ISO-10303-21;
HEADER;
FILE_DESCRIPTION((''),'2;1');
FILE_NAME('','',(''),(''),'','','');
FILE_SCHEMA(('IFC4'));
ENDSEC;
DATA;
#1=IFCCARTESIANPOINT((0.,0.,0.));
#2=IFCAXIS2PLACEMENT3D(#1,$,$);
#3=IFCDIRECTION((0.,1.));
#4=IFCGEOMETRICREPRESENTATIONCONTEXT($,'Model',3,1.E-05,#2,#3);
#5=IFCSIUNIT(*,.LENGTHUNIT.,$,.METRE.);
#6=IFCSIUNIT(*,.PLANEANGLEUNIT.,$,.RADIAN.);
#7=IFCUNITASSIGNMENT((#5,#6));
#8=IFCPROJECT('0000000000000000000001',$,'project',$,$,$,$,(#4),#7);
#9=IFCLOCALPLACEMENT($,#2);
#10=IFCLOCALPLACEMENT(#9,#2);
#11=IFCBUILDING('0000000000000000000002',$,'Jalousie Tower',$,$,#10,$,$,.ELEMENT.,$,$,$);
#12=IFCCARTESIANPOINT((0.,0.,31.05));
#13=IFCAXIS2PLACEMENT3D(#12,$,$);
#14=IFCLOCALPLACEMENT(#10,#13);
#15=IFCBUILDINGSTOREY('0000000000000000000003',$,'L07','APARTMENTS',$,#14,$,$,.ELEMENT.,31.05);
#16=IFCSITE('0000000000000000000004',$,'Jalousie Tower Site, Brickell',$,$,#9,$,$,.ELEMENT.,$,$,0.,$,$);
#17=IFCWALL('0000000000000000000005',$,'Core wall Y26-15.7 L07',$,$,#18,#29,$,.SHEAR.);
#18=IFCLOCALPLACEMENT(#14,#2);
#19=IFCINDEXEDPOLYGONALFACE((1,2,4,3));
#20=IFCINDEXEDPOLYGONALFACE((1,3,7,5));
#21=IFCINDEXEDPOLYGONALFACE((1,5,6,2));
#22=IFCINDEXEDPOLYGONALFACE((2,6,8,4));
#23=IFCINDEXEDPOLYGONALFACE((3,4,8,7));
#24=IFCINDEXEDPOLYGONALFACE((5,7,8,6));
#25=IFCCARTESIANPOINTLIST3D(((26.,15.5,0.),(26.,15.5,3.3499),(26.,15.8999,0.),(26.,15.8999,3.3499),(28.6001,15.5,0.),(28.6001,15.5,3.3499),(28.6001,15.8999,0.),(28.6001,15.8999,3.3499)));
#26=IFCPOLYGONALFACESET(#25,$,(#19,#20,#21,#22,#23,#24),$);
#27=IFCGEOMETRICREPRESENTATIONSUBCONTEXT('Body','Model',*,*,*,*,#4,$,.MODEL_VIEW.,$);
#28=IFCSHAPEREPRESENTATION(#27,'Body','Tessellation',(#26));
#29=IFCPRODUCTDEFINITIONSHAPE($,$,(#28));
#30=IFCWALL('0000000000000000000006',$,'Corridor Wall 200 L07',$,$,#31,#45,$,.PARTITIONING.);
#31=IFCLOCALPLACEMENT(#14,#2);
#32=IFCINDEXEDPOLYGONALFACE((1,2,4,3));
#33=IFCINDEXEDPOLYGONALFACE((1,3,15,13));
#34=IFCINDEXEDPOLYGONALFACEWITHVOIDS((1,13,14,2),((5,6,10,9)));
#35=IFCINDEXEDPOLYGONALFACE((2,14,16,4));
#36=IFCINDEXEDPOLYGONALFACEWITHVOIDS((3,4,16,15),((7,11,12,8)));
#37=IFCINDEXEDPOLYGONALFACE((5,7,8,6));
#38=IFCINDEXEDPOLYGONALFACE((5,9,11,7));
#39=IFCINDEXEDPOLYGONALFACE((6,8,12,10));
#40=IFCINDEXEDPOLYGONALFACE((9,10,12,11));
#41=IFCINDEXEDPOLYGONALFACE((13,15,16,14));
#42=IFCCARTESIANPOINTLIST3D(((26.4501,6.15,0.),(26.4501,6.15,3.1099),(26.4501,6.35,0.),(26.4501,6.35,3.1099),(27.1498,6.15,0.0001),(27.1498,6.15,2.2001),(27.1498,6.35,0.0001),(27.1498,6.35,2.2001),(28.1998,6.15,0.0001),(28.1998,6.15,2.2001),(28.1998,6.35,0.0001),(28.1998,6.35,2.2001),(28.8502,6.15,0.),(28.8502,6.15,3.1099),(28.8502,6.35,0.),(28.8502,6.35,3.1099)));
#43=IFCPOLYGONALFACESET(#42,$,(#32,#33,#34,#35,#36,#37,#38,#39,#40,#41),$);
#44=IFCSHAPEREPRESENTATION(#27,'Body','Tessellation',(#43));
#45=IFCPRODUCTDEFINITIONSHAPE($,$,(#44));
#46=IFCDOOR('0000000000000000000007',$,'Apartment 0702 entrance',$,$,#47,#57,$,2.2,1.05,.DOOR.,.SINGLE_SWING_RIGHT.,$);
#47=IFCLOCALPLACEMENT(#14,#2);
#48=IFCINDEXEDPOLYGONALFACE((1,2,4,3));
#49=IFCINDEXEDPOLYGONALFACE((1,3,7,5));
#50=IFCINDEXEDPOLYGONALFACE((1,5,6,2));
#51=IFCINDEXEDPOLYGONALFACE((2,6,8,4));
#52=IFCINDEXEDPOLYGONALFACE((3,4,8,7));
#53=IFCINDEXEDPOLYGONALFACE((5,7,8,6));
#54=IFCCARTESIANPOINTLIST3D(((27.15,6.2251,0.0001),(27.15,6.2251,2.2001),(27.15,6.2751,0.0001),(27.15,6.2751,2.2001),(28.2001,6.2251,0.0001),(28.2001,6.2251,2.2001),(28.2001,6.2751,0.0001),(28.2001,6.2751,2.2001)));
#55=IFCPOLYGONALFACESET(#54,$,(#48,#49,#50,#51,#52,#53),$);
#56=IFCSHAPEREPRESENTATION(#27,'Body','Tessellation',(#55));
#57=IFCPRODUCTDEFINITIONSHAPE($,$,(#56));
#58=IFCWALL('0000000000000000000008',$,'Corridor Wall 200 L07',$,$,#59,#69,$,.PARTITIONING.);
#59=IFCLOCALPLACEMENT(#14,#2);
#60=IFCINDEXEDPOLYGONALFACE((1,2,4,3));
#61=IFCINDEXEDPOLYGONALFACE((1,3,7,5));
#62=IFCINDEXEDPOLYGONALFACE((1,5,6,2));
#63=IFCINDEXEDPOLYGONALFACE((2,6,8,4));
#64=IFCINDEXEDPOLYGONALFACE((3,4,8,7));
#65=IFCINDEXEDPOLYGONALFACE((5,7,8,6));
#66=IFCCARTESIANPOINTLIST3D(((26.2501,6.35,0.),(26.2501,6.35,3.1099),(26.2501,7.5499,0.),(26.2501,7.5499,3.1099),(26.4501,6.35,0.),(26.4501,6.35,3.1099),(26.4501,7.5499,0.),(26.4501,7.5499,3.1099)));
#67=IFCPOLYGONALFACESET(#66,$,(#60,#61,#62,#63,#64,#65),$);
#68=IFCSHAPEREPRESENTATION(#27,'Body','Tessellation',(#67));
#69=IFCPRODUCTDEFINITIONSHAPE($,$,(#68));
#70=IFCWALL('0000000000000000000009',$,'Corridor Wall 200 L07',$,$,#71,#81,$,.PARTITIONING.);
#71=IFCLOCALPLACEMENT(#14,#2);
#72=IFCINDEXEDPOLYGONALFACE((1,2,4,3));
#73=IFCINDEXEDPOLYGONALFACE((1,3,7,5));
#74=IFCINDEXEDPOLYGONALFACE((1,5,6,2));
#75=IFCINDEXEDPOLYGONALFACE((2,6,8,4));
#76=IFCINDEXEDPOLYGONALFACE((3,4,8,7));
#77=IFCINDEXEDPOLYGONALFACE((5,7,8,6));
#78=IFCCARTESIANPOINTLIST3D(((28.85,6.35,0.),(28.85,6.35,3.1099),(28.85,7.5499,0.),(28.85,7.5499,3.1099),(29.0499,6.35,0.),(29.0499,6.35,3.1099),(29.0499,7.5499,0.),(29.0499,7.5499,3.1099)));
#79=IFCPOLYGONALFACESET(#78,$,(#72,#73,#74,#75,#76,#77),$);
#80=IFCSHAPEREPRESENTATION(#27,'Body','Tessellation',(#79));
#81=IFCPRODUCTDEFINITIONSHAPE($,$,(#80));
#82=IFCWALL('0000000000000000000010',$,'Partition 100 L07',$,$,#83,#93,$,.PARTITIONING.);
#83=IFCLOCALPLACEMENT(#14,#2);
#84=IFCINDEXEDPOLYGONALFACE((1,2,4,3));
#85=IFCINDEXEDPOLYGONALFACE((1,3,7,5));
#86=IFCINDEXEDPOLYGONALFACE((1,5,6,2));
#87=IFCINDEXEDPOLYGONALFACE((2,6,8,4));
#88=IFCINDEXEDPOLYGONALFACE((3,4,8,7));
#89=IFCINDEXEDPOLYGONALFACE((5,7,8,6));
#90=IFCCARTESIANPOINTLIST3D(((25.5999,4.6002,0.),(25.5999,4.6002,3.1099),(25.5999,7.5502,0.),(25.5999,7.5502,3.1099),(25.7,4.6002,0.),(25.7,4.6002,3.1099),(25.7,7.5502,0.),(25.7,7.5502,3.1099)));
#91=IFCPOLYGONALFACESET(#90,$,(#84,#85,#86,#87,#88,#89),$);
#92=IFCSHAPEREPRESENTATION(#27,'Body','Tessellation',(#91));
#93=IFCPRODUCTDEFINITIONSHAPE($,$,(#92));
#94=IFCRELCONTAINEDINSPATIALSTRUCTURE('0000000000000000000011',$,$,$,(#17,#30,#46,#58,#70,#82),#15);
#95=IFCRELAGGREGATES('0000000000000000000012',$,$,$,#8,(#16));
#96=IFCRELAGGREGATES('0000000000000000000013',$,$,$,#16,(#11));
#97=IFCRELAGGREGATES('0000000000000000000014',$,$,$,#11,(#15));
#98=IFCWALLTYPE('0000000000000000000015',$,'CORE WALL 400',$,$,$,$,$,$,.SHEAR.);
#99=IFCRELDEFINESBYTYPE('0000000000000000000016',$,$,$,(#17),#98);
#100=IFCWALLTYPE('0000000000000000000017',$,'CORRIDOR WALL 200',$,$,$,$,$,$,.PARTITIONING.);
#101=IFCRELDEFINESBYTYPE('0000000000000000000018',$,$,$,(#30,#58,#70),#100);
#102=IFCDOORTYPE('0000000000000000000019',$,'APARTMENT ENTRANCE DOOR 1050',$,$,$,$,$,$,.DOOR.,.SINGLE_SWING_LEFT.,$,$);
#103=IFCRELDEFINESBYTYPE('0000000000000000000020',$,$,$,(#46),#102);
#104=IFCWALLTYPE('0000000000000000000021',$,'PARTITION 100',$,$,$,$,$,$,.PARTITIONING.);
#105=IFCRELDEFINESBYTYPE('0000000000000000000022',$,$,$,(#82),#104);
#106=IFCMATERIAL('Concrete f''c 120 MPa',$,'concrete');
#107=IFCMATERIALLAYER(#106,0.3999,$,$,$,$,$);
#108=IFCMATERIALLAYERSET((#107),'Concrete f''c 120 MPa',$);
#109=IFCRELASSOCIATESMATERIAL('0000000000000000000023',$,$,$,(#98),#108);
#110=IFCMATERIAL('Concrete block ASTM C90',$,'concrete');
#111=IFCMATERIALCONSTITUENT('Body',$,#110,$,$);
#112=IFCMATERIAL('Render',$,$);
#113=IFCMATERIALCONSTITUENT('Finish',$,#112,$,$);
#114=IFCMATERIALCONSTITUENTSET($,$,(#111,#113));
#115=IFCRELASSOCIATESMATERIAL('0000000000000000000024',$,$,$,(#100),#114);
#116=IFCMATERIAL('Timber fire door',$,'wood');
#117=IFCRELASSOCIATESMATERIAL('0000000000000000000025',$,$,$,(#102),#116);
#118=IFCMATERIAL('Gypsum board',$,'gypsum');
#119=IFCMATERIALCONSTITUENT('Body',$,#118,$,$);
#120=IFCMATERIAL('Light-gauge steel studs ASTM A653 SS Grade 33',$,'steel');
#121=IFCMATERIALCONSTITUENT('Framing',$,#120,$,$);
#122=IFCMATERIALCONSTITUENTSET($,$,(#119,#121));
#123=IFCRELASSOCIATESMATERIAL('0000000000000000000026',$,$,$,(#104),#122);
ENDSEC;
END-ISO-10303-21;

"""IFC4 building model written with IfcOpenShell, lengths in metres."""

from ifc_helpers import new_model, si_unit, direction, frame, frame_2d, origin, place, context, subcontext, project, spatial, rectangle, extrude, material, layer, layer_set, constituent, constituent_set, type_object, element, fill, save


model = new_model("IFC4")

# Units and contexts
model_context = context("Model", 3, precision=1e-05, world=origin(), true_north=direction((0.0, 1.0)))
body_context = subcontext(model_context, "Body", "Model", "MODEL_VIEW")
ifc_project = project(units=[si_unit("LENGTHUNIT", "METRE"), si_unit("PLANEANGLEUNIT", "RADIAN")], contexts=[model_context])

# Site, building, storey
site_placement = place(None, origin())
site = spatial("IfcSite", under=ifc_project, at=site_placement, Name="Jalousie Tower Site, Brickell", CompositionType="ELEMENT", RefElevation=0.0)
building_placement = place(site_placement, origin())
building = spatial("IfcBuilding", under=site, at=building_placement, Name="Jalousie Tower", CompositionType="ELEMENT")
storey_placement = place(building_placement, frame((0.0, 0.0, 31.05)))
storey = spatial("IfcBuildingStorey", under=building, at=storey_placement, Name="L07", Description="APARTMENTS", CompositionType="ELEMENT", Elevation=31.05)

# Shared definitions
ifc_material_1 = material(Name="Concrete f'c 120 MPa", Category="concrete")
ifc_layer_1 = layer(ifc_material_1, 0.3999)
ifc_layer_set_1 = layer_set([ifc_layer_1], Name="Concrete f'c 120 MPa")
wall_type_1 = type_object("IfcWallType", Name="CORE WALL 400", PredefinedType="SHEAR", material=ifc_layer_set_1)

# Wall
for number, where, z_axis, x_axis, name in (
    (1, (26.0, 15.7, 0.0), (0.0, 0.0, 1.0), (1.0, 0.0, 0.0), "Core wall Y26-15.7 L07"),
):
    element("IfcWall", number, at=place(storey_placement, frame(where, z_axis=z_axis, x_axis=x_axis)), inside=storey, type_object=wall_type_1, Name=name, PredefinedType="SHEAR", context=body_context, shape_type="SweptSolid", body=[
        extrude(rectangle(XDim=2.6001, YDim=0.3999, at=frame_2d((1.3, 0.0))), origin(), (0.0, 0.0, 1.0), 3.3499),
    ])

# Wall, opening, door
ifc_material_2 = material(Name="Concrete block ASTM C90", Category="concrete")
ifc_constituent_1 = constituent(ifc_material_2, Name="Body")
ifc_material_3 = material(Name="Render")
ifc_constituent_2 = constituent(ifc_material_3, Name="Finish")
ifc_constituent_set_1 = constituent_set(constituents=[ifc_constituent_1, ifc_constituent_2])
wall_type_2 = type_object("IfcWallType", Name="CORRIDOR WALL 200", PredefinedType="PARTITIONING", material=ifc_constituent_set_1)
wall_1_placement = place(storey_placement, frame((26.45, 6.25, 0.0), z_axis=(0.0, 0.0, 1.0), x_axis=(1.0, 0.0, 0.0)))
wall_1 = element("IfcWall", 2, at=wall_1_placement, inside=storey, type_object=wall_type_2, Name="Corridor Wall 200 L07", PredefinedType="PARTITIONING", context=body_context, shape_type="SweptSolid", body=[
    extrude(rectangle(XDim=2.4001, YDim=0.2, at=frame_2d((1.2002, 0.0))), origin(), (0.0, 0.0, 1.0), 3.1099),
])
opening_1_placement = place(wall_1_placement, frame((0.7, 0.0, 0.0)))
opening_1 = element("IfcOpeningElement", 3, at=opening_1_placement, cuts=wall_1, PredefinedType="OPENING", context=body_context, shape_type="SweptSolid", body=[
    extrude(rectangle(XDim=1.05, YDim=2.2, at=frame_2d((0.5249, 1.1001))), frame((0.0, 0.1099, 0.0), z_axis=(0.0, -1.0, 0.0), x_axis=(1.0, 0.0, 0.0)), (0.0, 0.0, 1.0), 0.22),
])
ifc_material_4 = material(Name="Timber fire door", Category="wood")
door_type_1 = type_object("IfcDoorType", Name="APARTMENT ENTRANCE DOOR 1050", OperationType="SINGLE_SWING_LEFT", PredefinedType="DOOR", material=ifc_material_4)
door_1_placement = place(opening_1_placement, frame((1.05, 0.0, 0.0), z_axis=(0.0, 0.0, 1.0), x_axis=(-1.0, 0.0, 0.0)))
door_1 = element("IfcDoor", 4, at=door_1_placement, inside=storey, type_object=door_type_1, Name="Apartment 0702 entrance", OperationType="SINGLE_SWING_RIGHT", OverallHeight=2.2, OverallWidth=1.05, PredefinedType="DOOR", context=body_context, shape_type="SweptSolid", body=[
    extrude(rectangle(XDim=1.05, YDim=2.2, at=frame_2d((0.5249, 1.1001))), frame((0.0, 0.0249, 0.0), z_axis=(0.0, -1.0, 0.0), x_axis=(1.0, 0.0, 0.0)), (0.0, 0.0, 1.0), 0.05),
])
fill(opening_1, door_1)

# Walls
for number, where, z_axis, x_axis, name in (
    (5, (26.3501, 7.55, 0.0), (0.0, 0.0, 1.0), (0.0, -1.0, 0.0), "Corridor Wall 200 L07"),
    (6, (28.95, 7.55, 0.0), (0.0, 0.0, 1.0), (0.0, -1.0, 0.0), "Corridor Wall 200 L07"),
):
    element("IfcWall", number, at=place(storey_placement, frame(where, z_axis=z_axis, x_axis=x_axis)), inside=storey, type_object=wall_type_2, Name=name, PredefinedType="PARTITIONING", context=body_context, shape_type="SweptSolid", body=[
        extrude(rectangle(XDim=1.2, YDim=0.2, at=frame_2d((0.6001, 0.0))), origin(), (0.0, 0.0, 1.0), 3.1099),
    ])
ifc_material_5 = material(Name="Gypsum board", Category="gypsum")
ifc_constituent_3 = constituent(ifc_material_5, Name="Body")
ifc_material_6 = material(Name="Light-gauge steel studs ASTM A653 SS Grade 33", Category="steel")
ifc_constituent_4 = constituent(ifc_material_6, Name="Framing")
ifc_constituent_set_2 = constituent_set(constituents=[ifc_constituent_3, ifc_constituent_4])
wall_type_3 = type_object("IfcWallType", Name="PARTITION 100", PredefinedType="PARTITIONING", material=ifc_constituent_set_2)
wall_2_placement = place(storey_placement, frame((25.6499, 4.6001, 0.0), z_axis=(0.0, 0.0, 1.0), x_axis=(0.0, 1.0, 0.0)))
element("IfcWall", 7, at=wall_2_placement, inside=storey, type_object=wall_type_3, Name="Partition 100 L07", PredefinedType="PARTITIONING", context=body_context, shape_type="SweptSolid", body=[
    extrude(rectangle(XDim=2.95, YDim=0.1001, at=frame_2d((1.4751, 0.0))), origin(), (0.0, 0.0, 1.0), 3.1099),
])

save(model, "model.ifc")
